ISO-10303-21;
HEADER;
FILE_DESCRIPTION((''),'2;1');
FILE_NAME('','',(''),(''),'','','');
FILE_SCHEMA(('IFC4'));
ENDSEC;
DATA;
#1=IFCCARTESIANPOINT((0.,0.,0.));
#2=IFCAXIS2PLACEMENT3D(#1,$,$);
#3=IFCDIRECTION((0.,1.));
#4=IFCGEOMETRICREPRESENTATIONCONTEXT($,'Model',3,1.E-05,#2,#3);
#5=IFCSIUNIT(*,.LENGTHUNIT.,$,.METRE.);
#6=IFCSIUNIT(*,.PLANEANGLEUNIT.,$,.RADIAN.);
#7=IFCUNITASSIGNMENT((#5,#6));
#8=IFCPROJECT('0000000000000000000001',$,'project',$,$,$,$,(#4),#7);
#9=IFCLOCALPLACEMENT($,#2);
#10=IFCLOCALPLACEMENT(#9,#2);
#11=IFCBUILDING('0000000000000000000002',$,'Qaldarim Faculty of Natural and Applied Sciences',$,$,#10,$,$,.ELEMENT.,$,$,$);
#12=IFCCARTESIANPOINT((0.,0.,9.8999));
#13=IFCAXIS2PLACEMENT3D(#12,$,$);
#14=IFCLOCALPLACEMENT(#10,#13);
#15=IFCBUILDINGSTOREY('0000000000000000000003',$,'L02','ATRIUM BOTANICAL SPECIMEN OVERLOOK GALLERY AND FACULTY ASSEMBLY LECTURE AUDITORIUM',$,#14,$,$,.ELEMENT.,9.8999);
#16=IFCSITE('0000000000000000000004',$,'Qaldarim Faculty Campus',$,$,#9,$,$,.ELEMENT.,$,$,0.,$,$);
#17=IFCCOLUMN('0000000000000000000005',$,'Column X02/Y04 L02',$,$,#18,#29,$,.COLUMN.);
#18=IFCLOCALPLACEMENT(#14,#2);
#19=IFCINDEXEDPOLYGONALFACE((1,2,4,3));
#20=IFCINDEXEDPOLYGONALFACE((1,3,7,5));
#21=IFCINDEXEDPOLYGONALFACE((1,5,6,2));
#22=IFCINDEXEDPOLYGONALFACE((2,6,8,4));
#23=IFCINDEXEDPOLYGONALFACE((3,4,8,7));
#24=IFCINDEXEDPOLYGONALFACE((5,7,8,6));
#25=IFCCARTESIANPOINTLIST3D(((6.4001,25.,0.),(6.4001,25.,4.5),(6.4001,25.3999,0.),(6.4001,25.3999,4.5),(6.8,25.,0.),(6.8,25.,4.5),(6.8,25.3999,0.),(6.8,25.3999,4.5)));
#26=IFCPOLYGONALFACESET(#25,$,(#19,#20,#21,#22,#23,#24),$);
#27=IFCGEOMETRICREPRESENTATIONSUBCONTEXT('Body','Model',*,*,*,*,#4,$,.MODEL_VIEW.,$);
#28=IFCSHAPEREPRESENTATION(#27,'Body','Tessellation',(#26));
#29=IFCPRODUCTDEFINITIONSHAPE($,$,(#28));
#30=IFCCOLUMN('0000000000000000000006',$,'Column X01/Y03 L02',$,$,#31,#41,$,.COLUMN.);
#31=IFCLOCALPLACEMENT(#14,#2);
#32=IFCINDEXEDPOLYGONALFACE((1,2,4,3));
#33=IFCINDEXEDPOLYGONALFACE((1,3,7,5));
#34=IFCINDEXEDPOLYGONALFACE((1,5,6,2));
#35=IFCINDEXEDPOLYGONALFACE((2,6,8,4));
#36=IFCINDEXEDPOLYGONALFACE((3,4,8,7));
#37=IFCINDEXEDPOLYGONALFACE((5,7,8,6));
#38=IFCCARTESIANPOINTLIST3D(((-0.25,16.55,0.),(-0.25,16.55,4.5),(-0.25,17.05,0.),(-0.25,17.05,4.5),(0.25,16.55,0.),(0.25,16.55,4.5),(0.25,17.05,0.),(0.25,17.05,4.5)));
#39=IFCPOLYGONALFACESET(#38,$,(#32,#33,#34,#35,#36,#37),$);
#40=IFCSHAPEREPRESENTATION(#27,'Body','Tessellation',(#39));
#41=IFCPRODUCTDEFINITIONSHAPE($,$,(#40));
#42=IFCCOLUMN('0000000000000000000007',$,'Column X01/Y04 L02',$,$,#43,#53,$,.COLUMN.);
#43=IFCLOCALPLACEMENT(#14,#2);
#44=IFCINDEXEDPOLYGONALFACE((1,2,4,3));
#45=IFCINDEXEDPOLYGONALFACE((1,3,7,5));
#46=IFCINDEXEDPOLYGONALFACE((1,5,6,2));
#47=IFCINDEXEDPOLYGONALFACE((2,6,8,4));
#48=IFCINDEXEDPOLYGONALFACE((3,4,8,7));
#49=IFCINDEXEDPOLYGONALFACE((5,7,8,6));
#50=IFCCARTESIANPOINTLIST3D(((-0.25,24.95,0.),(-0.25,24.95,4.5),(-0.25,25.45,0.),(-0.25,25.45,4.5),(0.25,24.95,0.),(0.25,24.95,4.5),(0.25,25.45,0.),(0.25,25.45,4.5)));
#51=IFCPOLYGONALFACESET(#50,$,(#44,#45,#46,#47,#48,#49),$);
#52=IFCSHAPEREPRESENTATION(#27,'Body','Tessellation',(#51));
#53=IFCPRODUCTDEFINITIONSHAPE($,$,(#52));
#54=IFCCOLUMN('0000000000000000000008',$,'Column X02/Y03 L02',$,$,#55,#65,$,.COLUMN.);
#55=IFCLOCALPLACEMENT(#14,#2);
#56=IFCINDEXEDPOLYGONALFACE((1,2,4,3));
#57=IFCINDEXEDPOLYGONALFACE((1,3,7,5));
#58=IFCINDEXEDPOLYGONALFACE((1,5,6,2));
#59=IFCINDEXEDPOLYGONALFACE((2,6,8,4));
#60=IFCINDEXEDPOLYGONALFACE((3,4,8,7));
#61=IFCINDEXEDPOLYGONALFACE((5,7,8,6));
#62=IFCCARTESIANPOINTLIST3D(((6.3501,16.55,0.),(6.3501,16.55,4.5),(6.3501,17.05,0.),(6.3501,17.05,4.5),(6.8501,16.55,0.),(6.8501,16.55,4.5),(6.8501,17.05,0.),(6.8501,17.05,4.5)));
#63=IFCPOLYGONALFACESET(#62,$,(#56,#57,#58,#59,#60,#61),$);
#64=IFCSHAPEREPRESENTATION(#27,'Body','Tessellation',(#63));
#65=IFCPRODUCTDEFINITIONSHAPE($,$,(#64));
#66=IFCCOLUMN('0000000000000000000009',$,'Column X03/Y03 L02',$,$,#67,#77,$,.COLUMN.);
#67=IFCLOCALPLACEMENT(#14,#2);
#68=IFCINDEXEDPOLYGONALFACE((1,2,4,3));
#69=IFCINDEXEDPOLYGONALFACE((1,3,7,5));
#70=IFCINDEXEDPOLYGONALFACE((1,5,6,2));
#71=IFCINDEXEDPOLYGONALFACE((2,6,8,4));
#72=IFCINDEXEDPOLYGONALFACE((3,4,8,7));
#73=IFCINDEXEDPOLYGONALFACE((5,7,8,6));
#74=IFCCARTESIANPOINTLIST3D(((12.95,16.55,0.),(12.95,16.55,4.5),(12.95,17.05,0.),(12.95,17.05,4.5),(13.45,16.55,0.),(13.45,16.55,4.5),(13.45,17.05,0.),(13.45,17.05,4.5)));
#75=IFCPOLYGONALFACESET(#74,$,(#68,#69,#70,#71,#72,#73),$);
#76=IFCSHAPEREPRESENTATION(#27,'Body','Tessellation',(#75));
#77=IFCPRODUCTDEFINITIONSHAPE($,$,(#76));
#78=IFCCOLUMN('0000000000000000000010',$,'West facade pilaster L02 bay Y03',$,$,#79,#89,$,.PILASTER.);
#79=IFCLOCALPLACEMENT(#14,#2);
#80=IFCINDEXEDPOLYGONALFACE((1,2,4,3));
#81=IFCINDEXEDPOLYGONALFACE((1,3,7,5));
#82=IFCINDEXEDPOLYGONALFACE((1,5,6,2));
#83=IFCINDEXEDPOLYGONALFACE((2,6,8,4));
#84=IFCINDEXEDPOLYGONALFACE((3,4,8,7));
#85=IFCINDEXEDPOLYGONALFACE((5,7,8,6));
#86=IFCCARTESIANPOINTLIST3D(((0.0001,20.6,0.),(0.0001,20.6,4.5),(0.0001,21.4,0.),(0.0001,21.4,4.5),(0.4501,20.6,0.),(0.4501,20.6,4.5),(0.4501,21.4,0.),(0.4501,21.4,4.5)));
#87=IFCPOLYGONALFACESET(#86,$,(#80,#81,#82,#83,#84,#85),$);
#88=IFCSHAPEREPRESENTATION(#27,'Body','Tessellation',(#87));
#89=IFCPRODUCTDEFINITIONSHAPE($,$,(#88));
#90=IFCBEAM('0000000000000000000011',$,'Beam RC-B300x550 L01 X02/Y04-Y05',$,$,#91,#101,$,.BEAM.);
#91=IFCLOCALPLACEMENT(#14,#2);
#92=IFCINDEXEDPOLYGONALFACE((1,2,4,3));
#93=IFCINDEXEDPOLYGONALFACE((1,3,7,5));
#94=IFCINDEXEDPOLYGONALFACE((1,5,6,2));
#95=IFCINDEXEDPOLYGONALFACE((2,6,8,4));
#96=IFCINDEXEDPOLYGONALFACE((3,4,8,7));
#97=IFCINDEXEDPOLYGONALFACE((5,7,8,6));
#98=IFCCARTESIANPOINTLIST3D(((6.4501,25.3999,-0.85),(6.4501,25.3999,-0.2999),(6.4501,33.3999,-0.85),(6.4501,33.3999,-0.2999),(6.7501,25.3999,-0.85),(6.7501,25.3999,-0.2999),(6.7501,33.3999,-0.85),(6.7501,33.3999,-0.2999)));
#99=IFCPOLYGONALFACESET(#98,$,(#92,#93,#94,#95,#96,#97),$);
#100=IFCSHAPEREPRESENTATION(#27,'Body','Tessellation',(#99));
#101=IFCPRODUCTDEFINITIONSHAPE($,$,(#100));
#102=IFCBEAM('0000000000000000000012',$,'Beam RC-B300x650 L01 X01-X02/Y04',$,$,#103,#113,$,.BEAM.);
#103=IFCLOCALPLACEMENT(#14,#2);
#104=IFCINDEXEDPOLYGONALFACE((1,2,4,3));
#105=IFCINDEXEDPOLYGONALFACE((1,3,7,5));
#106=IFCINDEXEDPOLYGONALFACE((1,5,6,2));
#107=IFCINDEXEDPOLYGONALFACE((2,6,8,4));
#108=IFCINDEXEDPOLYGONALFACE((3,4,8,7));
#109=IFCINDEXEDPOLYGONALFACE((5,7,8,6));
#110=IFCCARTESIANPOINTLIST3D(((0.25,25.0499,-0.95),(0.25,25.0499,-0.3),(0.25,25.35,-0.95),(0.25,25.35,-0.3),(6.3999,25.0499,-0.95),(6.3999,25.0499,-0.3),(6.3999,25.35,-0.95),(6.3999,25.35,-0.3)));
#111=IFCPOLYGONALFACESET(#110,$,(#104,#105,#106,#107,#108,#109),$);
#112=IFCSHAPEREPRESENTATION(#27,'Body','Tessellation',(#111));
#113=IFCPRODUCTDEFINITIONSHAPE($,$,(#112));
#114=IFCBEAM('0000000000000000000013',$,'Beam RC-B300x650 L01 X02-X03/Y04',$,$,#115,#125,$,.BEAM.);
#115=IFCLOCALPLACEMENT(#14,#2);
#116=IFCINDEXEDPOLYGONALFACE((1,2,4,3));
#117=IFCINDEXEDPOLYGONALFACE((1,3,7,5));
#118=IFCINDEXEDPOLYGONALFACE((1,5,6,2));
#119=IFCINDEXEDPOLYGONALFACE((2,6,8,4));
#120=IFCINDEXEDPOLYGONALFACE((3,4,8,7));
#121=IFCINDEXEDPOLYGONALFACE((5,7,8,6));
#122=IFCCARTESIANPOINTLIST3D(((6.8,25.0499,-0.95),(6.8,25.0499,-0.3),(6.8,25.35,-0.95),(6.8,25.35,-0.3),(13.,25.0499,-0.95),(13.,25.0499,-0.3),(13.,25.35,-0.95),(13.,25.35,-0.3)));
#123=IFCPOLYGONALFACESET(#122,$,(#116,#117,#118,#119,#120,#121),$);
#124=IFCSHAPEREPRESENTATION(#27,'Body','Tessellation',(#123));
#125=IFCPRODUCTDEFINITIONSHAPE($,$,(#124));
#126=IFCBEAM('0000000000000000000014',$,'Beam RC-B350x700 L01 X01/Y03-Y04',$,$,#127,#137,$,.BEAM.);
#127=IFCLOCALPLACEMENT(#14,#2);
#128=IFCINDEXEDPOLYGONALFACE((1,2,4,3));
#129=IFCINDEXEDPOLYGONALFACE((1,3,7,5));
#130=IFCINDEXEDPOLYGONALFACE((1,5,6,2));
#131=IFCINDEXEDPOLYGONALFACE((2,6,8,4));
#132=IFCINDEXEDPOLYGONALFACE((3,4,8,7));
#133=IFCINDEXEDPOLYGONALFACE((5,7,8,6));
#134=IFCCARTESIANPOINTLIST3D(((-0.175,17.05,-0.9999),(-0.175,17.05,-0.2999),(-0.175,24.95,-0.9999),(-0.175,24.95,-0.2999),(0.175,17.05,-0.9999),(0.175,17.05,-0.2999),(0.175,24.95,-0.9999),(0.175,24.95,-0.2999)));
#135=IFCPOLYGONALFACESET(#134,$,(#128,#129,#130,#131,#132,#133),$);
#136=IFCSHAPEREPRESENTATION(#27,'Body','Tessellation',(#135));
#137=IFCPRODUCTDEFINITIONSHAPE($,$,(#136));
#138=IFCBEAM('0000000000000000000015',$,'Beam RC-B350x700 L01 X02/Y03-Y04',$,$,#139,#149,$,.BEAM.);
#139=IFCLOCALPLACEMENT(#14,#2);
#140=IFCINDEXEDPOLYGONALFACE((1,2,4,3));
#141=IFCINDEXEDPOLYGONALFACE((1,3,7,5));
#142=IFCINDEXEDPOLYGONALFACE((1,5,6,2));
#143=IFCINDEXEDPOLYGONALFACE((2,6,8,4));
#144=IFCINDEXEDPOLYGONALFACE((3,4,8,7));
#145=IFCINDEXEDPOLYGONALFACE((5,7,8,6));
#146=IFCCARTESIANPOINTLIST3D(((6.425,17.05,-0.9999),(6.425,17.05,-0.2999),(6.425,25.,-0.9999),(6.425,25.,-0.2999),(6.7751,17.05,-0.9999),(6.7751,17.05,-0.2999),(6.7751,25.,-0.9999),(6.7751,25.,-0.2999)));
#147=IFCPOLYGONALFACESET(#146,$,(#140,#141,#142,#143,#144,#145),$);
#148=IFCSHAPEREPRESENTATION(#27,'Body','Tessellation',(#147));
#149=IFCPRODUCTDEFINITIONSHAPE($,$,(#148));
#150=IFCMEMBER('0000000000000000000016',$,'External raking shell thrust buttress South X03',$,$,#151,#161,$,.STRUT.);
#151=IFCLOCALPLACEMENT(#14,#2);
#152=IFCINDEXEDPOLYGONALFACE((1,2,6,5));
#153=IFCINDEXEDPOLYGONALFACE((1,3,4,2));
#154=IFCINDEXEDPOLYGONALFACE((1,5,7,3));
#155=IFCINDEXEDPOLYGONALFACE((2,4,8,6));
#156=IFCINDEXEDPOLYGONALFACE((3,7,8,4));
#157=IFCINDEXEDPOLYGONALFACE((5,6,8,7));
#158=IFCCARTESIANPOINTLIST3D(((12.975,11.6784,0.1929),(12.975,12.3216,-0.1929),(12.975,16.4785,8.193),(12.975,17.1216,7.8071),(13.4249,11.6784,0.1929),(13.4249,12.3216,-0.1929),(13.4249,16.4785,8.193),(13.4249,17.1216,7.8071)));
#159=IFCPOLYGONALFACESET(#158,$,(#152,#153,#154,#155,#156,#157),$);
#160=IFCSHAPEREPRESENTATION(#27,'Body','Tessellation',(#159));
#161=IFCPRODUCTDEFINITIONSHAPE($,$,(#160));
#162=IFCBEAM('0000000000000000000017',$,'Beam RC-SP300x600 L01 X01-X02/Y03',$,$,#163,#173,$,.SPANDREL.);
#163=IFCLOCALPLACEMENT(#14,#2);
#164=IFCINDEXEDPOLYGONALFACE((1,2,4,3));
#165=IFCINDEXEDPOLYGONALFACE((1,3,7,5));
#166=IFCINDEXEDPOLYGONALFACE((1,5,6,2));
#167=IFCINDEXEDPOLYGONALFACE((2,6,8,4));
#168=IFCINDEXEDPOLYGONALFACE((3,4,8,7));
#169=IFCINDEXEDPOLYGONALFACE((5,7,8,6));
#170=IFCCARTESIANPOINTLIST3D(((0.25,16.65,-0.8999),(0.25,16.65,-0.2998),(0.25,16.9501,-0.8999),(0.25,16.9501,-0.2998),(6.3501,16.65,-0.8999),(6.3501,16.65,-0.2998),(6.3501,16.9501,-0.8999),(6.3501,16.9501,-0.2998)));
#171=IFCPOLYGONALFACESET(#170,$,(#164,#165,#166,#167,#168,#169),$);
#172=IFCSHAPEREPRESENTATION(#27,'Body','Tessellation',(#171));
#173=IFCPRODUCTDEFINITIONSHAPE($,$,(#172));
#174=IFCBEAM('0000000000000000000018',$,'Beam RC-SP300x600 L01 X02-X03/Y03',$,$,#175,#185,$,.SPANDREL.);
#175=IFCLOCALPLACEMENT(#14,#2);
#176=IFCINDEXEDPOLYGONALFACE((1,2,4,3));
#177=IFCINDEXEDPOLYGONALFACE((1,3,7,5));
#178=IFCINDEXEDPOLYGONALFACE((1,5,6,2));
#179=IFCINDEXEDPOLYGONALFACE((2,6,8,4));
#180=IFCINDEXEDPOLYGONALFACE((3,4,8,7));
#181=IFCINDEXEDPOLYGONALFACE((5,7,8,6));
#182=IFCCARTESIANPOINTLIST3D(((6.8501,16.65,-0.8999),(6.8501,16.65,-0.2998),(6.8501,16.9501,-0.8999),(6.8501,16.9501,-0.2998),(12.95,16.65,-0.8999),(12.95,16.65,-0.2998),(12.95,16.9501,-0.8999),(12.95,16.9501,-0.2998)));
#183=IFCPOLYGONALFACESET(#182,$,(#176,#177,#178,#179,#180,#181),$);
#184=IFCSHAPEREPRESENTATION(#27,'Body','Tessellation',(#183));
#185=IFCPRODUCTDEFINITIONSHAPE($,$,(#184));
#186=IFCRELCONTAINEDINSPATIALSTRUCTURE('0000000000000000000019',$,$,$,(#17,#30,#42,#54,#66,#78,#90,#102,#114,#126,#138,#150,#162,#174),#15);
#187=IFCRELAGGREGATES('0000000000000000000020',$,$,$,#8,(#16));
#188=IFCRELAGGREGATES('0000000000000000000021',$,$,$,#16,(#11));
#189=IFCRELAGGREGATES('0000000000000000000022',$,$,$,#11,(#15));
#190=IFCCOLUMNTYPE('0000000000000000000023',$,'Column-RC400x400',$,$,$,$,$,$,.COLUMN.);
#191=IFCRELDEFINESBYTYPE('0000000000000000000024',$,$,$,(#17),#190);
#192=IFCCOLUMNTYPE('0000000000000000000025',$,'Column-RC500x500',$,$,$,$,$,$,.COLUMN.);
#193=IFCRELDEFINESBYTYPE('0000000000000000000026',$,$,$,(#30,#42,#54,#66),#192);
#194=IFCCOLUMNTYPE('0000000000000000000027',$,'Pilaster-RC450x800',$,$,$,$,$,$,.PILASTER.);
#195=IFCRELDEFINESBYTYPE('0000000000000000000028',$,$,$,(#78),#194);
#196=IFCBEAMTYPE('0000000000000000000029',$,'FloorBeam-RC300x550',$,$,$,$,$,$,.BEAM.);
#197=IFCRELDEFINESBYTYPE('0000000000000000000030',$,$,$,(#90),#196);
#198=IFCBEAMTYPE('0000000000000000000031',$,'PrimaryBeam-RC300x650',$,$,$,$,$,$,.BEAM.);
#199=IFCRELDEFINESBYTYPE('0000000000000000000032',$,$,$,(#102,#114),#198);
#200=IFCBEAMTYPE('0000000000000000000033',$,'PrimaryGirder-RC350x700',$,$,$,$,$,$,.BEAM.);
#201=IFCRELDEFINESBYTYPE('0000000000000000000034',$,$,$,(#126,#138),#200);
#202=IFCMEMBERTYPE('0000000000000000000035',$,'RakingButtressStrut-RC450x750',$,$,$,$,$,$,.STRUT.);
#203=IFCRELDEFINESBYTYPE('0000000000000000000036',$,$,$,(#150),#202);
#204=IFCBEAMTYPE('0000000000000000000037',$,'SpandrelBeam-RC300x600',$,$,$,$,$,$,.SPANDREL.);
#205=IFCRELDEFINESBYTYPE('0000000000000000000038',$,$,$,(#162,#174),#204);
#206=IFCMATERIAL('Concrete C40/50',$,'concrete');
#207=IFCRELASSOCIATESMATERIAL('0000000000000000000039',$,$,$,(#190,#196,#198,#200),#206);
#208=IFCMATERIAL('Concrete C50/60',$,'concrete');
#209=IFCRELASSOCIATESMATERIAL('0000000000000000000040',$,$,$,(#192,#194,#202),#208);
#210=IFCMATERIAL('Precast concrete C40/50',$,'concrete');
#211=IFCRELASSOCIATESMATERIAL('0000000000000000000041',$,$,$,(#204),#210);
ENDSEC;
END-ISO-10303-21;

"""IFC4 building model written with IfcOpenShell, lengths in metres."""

from ifc_helpers import new_model, si_unit, direction, frame, origin, origin_2d, place, context, subcontext, project, spatial, rectangle, extrude, material, material_profile, profile_set, type_object, element, save


model = new_model("IFC4")

# Units and contexts
model_context = context("Model", 3, precision=1e-05, world=origin(), true_north=direction((0.0, 1.0)))
body_context = subcontext(model_context, "Body", "Model", "MODEL_VIEW")
ifc_project = project(units=[si_unit("LENGTHUNIT", "METRE"), si_unit("PLANEANGLEUNIT", "RADIAN")], contexts=[model_context])

# Site, building, storey
site_placement = place(None, origin())
site = spatial("IfcSite", under=ifc_project, at=site_placement, Name="Qaldarim Faculty Campus", CompositionType="ELEMENT", RefElevation=0.0)
building_placement = place(site_placement, origin())
building = spatial("IfcBuilding", under=site, at=building_placement, Name="Qaldarim Faculty of Natural and Applied Sciences", CompositionType="ELEMENT")
storey_placement = place(building_placement, frame((0.0, 0.0, 9.8999)))
storey = spatial("IfcBuildingStorey", under=building, at=storey_placement, Name="L02", Description="ATRIUM BOTANICAL SPECIMEN OVERLOOK GALLERY AND FACULTY ASSEMBLY LECTURE AUDITORIUM", CompositionType="ELEMENT", Elevation=9.8999)

# Columns
ifc_material_1 = material(Name="Concrete C40/50", Category="concrete")
ifc_material_profile_1 = material_profile(ifc_material_1, rectangle(XDim=0.3999, YDim=0.3999, at=origin_2d()), Name="RC-C400x400")
ifc_profile_set_1 = profile_set([ifc_material_profile_1], Name="Concrete C40/50")
column_type_1 = type_object("IfcColumnType", Name="Column-RC400x400", PredefinedType="COLUMN", material=ifc_profile_set_1)
column_1_placement = place(storey_placement, frame((6.6001, 25.2, 0.0), z_axis=(0.0, 0.0, 1.0), x_axis=(1.0, 0.0, 0.0)))
element("IfcColumn", 1, at=column_1_placement, inside=storey, type_object=column_type_1, Name="Column X02/Y04 L02", PredefinedType="COLUMN", context=body_context, shape_type="SweptSolid", body=[
    extrude(rectangle(XDim=0.3999, YDim=0.3999, at=origin_2d()), origin(), (0.0, 0.0, 1.0), 4.5),
])
ifc_material_2 = material(Name="Concrete C50/60", Category="concrete")
ifc_material_profile_2 = material_profile(ifc_material_2, rectangle(XDim=0.5, YDim=0.5, at=origin_2d()), Name="RC-C500x500")
ifc_profile_set_2 = profile_set([ifc_material_profile_2], Name="Concrete C50/60")
column_type_2 = type_object("IfcColumnType", Name="Column-RC500x500", PredefinedType="COLUMN", material=ifc_profile_set_2)
for number, where, z_axis, x_axis, name in (
    (2, (0.0, 16.8, 0.0), (0.0, 0.0, 1.0), (1.0, 0.0, 0.0), "Column X01/Y03 L02"),
    (3, (0.0, 25.2, 0.0), (0.0, 0.0, 1.0), (1.0, 0.0, 0.0), "Column X01/Y04 L02"),
    (4, (6.6001, 16.8, 0.0), (0.0, 0.0, 1.0), (1.0, 0.0, 0.0), "Column X02/Y03 L02"),
    (5, (13.2, 16.8, 0.0), (0.0, 0.0, 1.0), (1.0, 0.0, 0.0), "Column X03/Y03 L02"),
):
    element("IfcColumn", number, at=place(storey_placement, frame(where, z_axis=z_axis, x_axis=x_axis)), inside=storey, type_object=column_type_2, Name=name, PredefinedType="COLUMN", context=body_context, shape_type="SweptSolid", body=[
        extrude(rectangle(XDim=0.5, YDim=0.5, at=origin_2d()), origin(), (0.0, 0.0, 1.0), 4.5),
    ])
ifc_material_profile_3 = material_profile(ifc_material_2, rectangle(XDim=0.45, YDim=0.8, at=origin_2d()), Name="RC-C450x800")
ifc_profile_set_3 = profile_set([ifc_material_profile_3], Name="Concrete C50/60")
column_type_3 = type_object("IfcColumnType", Name="Pilaster-RC450x800", PredefinedType="PILASTER", material=ifc_profile_set_3)
column_2_placement = place(storey_placement, frame((0.2251, 21.0, 0.0), z_axis=(0.0, 0.0, 1.0), x_axis=(1.0, 0.0, 0.0)))
element("IfcColumn", 6, at=column_2_placement, inside=storey, type_object=column_type_3, Name="West facade pilaster L02 bay Y03", PredefinedType="PILASTER", context=body_context, shape_type="SweptSolid", body=[
    extrude(rectangle(XDim=0.45, YDim=0.8, at=origin_2d()), origin(), (0.0, 0.0, 1.0), 4.5),
])

# Beams
ifc_material_profile_4 = material_profile(ifc_material_1, rectangle(XDim=0.3, YDim=0.55, at=origin_2d()), Name="RC-B300x550")
ifc_profile_set_4 = profile_set([ifc_material_profile_4], Name="Concrete C40/50")
beam_type_1 = type_object("IfcBeamType", Name="FloorBeam-RC300x550", PredefinedType="BEAM", material=ifc_profile_set_4)
beam_1_placement = place(storey_placement, frame((6.6001, 25.3999, -0.575), z_axis=(0.0, 1.0, 0.0), x_axis=(-1.0, 0.0, 0.0)))
element("IfcBeam", 7, at=beam_1_placement, inside=storey, type_object=beam_type_1, Name="Beam RC-B300x550 L01 X02/Y04-Y05", PredefinedType="BEAM", context=body_context, shape_type="SweptSolid", body=[
    extrude(rectangle(XDim=0.3, YDim=0.55, at=origin_2d()), origin(), (0.0, 0.0, 1.0), 8.0),
])
ifc_material_profile_5 = material_profile(ifc_material_1, rectangle(XDim=0.3, YDim=0.6499, at=origin_2d()), Name="RC-B300x650")
ifc_profile_set_5 = profile_set([ifc_material_profile_5], Name="Concrete C40/50")
beam_type_2 = type_object("IfcBeamType", Name="PrimaryBeam-RC300x650", PredefinedType="BEAM", material=ifc_profile_set_5)
beam_2_placement = place(storey_placement, frame((0.25, 25.2, -0.625), z_axis=(1.0, 0.0, 0.0), x_axis=(0.0, 1.0, 0.0)))
element("IfcBeam", 8, at=beam_2_placement, inside=storey, type_object=beam_type_2, Name="Beam RC-B300x650 L01 X01-X02/Y04", PredefinedType="BEAM", context=body_context, shape_type="SweptSolid", body=[
    extrude(rectangle(XDim=0.3, YDim=0.6499, at=origin_2d()), origin(), (0.0, 0.0, 1.0), 6.1499),
])
beam_3_placement = place(storey_placement, frame((6.8, 25.2, -0.625), z_axis=(1.0, 0.0, 0.0), x_axis=(0.0, 1.0, 0.0)))
element("IfcBeam", 9, at=beam_3_placement, inside=storey, type_object=beam_type_2, Name="Beam RC-B300x650 L01 X02-X03/Y04", PredefinedType="BEAM", context=body_context, shape_type="SweptSolid", body=[
    extrude(rectangle(XDim=0.3, YDim=0.6499, at=origin_2d()), origin(), (0.0, 0.0, 1.0), 6.2),
])
ifc_material_profile_6 = material_profile(ifc_material_1, rectangle(XDim=0.3501, YDim=0.7, at=origin_2d()), Name="RC-B350x700")
ifc_profile_set_6 = profile_set([ifc_material_profile_6], Name="Concrete C40/50")
beam_type_3 = type_object("IfcBeamType", Name="PrimaryGirder-RC350x700", PredefinedType="BEAM", material=ifc_profile_set_6)
beam_4_placement = place(storey_placement, frame((0.0, 17.05, -0.6499), z_axis=(0.0, 1.0, 0.0), x_axis=(-1.0, 0.0, 0.0)))
element("IfcBeam", 10, at=beam_4_placement, inside=storey, type_object=beam_type_3, Name="Beam RC-B350x700 L01 X01/Y03-Y04", PredefinedType="BEAM", context=body_context, shape_type="SweptSolid", body=[
    extrude(rectangle(XDim=0.3501, YDim=0.7, at=origin_2d()), origin(), (0.0, 0.0, 1.0), 7.8999),
])
beam_5_placement = place(storey_placement, frame((6.6001, 17.05, -0.6499), z_axis=(0.0, 1.0, 0.0), x_axis=(-1.0, 0.0, 0.0)))
element("IfcBeam", 11, at=beam_5_placement, inside=storey, type_object=beam_type_3, Name="Beam RC-B350x700 L01 X02/Y03-Y04", PredefinedType="BEAM", context=body_context, shape_type="SweptSolid", body=[
    extrude(rectangle(XDim=0.3501, YDim=0.7, at=origin_2d()), origin(), (0.0, 0.0, 1.0), 7.95),
])

# Member
ifc_material_profile_7 = material_profile(ifc_material_2, rectangle(XDim=0.45, YDim=0.75, at=origin_2d()), Name="RC-S450x750")
ifc_profile_set_7 = profile_set([ifc_material_profile_7], Name="Concrete C50/60")
member_type = type_object("IfcMemberType", Name="RakingButtressStrut-RC450x750", PredefinedType="STRUT", material=ifc_profile_set_7)
member_placement = place(storey_placement, frame((13.2, 12.0, 0.0), z_axis=(0.0, 0.5145, 0.857491), x_axis=(-1.0, 0.0, 0.0)))
element("IfcMember", 12, at=member_placement, inside=storey, type_object=member_type, Name="External raking shell thrust buttress South X03", PredefinedType="STRUT", context=body_context, shape_type="SweptSolid", body=[
    extrude(rectangle(XDim=0.45, YDim=0.75, at=origin_2d()), origin(), (0.0, 0.0, 1.0), 9.3296),
])

# Beams
ifc_material_3 = material(Name="Precast concrete C40/50", Category="concrete")
ifc_material_profile_8 = material_profile(ifc_material_3, rectangle(XDim=0.3, YDim=0.6001, at=origin_2d()), Name="RC-SP300x600")
ifc_profile_set_8 = profile_set([ifc_material_profile_8], Name="Precast concrete C40/50")
beam_type_4 = type_object("IfcBeamType", Name="SpandrelBeam-RC300x600", PredefinedType="SPANDREL", material=ifc_profile_set_8)
beam_6_placement = place(storey_placement, frame((0.25, 16.8, -0.5999), z_axis=(1.0, 0.0, 0.0), x_axis=(0.0, 1.0, 0.0)))
element("IfcBeam", 13, at=beam_6_placement, inside=storey, type_object=beam_type_4, Name="Beam RC-SP300x600 L01 X01-X02/Y03", PredefinedType="SPANDREL", context=body_context, shape_type="SweptSolid", body=[
    extrude(rectangle(XDim=0.3, YDim=0.6001, at=origin_2d()), origin(), (0.0, 0.0, 1.0), 6.1001),
])
beam_7_placement = place(storey_placement, frame((6.8501, 16.8, -0.5999), z_axis=(1.0, 0.0, 0.0), x_axis=(0.0, 1.0, 0.0)))
element("IfcBeam", 14, at=beam_7_placement, inside=storey, type_object=beam_type_4, Name="Beam RC-SP300x600 L01 X02-X03/Y03", PredefinedType="SPANDREL", context=body_context, shape_type="SweptSolid", body=[
    extrude(rectangle(XDim=0.3, YDim=0.6001, at=origin_2d()), origin(), (0.0, 0.0, 1.0), 6.0999),
])

save(model, "model.ifc")
